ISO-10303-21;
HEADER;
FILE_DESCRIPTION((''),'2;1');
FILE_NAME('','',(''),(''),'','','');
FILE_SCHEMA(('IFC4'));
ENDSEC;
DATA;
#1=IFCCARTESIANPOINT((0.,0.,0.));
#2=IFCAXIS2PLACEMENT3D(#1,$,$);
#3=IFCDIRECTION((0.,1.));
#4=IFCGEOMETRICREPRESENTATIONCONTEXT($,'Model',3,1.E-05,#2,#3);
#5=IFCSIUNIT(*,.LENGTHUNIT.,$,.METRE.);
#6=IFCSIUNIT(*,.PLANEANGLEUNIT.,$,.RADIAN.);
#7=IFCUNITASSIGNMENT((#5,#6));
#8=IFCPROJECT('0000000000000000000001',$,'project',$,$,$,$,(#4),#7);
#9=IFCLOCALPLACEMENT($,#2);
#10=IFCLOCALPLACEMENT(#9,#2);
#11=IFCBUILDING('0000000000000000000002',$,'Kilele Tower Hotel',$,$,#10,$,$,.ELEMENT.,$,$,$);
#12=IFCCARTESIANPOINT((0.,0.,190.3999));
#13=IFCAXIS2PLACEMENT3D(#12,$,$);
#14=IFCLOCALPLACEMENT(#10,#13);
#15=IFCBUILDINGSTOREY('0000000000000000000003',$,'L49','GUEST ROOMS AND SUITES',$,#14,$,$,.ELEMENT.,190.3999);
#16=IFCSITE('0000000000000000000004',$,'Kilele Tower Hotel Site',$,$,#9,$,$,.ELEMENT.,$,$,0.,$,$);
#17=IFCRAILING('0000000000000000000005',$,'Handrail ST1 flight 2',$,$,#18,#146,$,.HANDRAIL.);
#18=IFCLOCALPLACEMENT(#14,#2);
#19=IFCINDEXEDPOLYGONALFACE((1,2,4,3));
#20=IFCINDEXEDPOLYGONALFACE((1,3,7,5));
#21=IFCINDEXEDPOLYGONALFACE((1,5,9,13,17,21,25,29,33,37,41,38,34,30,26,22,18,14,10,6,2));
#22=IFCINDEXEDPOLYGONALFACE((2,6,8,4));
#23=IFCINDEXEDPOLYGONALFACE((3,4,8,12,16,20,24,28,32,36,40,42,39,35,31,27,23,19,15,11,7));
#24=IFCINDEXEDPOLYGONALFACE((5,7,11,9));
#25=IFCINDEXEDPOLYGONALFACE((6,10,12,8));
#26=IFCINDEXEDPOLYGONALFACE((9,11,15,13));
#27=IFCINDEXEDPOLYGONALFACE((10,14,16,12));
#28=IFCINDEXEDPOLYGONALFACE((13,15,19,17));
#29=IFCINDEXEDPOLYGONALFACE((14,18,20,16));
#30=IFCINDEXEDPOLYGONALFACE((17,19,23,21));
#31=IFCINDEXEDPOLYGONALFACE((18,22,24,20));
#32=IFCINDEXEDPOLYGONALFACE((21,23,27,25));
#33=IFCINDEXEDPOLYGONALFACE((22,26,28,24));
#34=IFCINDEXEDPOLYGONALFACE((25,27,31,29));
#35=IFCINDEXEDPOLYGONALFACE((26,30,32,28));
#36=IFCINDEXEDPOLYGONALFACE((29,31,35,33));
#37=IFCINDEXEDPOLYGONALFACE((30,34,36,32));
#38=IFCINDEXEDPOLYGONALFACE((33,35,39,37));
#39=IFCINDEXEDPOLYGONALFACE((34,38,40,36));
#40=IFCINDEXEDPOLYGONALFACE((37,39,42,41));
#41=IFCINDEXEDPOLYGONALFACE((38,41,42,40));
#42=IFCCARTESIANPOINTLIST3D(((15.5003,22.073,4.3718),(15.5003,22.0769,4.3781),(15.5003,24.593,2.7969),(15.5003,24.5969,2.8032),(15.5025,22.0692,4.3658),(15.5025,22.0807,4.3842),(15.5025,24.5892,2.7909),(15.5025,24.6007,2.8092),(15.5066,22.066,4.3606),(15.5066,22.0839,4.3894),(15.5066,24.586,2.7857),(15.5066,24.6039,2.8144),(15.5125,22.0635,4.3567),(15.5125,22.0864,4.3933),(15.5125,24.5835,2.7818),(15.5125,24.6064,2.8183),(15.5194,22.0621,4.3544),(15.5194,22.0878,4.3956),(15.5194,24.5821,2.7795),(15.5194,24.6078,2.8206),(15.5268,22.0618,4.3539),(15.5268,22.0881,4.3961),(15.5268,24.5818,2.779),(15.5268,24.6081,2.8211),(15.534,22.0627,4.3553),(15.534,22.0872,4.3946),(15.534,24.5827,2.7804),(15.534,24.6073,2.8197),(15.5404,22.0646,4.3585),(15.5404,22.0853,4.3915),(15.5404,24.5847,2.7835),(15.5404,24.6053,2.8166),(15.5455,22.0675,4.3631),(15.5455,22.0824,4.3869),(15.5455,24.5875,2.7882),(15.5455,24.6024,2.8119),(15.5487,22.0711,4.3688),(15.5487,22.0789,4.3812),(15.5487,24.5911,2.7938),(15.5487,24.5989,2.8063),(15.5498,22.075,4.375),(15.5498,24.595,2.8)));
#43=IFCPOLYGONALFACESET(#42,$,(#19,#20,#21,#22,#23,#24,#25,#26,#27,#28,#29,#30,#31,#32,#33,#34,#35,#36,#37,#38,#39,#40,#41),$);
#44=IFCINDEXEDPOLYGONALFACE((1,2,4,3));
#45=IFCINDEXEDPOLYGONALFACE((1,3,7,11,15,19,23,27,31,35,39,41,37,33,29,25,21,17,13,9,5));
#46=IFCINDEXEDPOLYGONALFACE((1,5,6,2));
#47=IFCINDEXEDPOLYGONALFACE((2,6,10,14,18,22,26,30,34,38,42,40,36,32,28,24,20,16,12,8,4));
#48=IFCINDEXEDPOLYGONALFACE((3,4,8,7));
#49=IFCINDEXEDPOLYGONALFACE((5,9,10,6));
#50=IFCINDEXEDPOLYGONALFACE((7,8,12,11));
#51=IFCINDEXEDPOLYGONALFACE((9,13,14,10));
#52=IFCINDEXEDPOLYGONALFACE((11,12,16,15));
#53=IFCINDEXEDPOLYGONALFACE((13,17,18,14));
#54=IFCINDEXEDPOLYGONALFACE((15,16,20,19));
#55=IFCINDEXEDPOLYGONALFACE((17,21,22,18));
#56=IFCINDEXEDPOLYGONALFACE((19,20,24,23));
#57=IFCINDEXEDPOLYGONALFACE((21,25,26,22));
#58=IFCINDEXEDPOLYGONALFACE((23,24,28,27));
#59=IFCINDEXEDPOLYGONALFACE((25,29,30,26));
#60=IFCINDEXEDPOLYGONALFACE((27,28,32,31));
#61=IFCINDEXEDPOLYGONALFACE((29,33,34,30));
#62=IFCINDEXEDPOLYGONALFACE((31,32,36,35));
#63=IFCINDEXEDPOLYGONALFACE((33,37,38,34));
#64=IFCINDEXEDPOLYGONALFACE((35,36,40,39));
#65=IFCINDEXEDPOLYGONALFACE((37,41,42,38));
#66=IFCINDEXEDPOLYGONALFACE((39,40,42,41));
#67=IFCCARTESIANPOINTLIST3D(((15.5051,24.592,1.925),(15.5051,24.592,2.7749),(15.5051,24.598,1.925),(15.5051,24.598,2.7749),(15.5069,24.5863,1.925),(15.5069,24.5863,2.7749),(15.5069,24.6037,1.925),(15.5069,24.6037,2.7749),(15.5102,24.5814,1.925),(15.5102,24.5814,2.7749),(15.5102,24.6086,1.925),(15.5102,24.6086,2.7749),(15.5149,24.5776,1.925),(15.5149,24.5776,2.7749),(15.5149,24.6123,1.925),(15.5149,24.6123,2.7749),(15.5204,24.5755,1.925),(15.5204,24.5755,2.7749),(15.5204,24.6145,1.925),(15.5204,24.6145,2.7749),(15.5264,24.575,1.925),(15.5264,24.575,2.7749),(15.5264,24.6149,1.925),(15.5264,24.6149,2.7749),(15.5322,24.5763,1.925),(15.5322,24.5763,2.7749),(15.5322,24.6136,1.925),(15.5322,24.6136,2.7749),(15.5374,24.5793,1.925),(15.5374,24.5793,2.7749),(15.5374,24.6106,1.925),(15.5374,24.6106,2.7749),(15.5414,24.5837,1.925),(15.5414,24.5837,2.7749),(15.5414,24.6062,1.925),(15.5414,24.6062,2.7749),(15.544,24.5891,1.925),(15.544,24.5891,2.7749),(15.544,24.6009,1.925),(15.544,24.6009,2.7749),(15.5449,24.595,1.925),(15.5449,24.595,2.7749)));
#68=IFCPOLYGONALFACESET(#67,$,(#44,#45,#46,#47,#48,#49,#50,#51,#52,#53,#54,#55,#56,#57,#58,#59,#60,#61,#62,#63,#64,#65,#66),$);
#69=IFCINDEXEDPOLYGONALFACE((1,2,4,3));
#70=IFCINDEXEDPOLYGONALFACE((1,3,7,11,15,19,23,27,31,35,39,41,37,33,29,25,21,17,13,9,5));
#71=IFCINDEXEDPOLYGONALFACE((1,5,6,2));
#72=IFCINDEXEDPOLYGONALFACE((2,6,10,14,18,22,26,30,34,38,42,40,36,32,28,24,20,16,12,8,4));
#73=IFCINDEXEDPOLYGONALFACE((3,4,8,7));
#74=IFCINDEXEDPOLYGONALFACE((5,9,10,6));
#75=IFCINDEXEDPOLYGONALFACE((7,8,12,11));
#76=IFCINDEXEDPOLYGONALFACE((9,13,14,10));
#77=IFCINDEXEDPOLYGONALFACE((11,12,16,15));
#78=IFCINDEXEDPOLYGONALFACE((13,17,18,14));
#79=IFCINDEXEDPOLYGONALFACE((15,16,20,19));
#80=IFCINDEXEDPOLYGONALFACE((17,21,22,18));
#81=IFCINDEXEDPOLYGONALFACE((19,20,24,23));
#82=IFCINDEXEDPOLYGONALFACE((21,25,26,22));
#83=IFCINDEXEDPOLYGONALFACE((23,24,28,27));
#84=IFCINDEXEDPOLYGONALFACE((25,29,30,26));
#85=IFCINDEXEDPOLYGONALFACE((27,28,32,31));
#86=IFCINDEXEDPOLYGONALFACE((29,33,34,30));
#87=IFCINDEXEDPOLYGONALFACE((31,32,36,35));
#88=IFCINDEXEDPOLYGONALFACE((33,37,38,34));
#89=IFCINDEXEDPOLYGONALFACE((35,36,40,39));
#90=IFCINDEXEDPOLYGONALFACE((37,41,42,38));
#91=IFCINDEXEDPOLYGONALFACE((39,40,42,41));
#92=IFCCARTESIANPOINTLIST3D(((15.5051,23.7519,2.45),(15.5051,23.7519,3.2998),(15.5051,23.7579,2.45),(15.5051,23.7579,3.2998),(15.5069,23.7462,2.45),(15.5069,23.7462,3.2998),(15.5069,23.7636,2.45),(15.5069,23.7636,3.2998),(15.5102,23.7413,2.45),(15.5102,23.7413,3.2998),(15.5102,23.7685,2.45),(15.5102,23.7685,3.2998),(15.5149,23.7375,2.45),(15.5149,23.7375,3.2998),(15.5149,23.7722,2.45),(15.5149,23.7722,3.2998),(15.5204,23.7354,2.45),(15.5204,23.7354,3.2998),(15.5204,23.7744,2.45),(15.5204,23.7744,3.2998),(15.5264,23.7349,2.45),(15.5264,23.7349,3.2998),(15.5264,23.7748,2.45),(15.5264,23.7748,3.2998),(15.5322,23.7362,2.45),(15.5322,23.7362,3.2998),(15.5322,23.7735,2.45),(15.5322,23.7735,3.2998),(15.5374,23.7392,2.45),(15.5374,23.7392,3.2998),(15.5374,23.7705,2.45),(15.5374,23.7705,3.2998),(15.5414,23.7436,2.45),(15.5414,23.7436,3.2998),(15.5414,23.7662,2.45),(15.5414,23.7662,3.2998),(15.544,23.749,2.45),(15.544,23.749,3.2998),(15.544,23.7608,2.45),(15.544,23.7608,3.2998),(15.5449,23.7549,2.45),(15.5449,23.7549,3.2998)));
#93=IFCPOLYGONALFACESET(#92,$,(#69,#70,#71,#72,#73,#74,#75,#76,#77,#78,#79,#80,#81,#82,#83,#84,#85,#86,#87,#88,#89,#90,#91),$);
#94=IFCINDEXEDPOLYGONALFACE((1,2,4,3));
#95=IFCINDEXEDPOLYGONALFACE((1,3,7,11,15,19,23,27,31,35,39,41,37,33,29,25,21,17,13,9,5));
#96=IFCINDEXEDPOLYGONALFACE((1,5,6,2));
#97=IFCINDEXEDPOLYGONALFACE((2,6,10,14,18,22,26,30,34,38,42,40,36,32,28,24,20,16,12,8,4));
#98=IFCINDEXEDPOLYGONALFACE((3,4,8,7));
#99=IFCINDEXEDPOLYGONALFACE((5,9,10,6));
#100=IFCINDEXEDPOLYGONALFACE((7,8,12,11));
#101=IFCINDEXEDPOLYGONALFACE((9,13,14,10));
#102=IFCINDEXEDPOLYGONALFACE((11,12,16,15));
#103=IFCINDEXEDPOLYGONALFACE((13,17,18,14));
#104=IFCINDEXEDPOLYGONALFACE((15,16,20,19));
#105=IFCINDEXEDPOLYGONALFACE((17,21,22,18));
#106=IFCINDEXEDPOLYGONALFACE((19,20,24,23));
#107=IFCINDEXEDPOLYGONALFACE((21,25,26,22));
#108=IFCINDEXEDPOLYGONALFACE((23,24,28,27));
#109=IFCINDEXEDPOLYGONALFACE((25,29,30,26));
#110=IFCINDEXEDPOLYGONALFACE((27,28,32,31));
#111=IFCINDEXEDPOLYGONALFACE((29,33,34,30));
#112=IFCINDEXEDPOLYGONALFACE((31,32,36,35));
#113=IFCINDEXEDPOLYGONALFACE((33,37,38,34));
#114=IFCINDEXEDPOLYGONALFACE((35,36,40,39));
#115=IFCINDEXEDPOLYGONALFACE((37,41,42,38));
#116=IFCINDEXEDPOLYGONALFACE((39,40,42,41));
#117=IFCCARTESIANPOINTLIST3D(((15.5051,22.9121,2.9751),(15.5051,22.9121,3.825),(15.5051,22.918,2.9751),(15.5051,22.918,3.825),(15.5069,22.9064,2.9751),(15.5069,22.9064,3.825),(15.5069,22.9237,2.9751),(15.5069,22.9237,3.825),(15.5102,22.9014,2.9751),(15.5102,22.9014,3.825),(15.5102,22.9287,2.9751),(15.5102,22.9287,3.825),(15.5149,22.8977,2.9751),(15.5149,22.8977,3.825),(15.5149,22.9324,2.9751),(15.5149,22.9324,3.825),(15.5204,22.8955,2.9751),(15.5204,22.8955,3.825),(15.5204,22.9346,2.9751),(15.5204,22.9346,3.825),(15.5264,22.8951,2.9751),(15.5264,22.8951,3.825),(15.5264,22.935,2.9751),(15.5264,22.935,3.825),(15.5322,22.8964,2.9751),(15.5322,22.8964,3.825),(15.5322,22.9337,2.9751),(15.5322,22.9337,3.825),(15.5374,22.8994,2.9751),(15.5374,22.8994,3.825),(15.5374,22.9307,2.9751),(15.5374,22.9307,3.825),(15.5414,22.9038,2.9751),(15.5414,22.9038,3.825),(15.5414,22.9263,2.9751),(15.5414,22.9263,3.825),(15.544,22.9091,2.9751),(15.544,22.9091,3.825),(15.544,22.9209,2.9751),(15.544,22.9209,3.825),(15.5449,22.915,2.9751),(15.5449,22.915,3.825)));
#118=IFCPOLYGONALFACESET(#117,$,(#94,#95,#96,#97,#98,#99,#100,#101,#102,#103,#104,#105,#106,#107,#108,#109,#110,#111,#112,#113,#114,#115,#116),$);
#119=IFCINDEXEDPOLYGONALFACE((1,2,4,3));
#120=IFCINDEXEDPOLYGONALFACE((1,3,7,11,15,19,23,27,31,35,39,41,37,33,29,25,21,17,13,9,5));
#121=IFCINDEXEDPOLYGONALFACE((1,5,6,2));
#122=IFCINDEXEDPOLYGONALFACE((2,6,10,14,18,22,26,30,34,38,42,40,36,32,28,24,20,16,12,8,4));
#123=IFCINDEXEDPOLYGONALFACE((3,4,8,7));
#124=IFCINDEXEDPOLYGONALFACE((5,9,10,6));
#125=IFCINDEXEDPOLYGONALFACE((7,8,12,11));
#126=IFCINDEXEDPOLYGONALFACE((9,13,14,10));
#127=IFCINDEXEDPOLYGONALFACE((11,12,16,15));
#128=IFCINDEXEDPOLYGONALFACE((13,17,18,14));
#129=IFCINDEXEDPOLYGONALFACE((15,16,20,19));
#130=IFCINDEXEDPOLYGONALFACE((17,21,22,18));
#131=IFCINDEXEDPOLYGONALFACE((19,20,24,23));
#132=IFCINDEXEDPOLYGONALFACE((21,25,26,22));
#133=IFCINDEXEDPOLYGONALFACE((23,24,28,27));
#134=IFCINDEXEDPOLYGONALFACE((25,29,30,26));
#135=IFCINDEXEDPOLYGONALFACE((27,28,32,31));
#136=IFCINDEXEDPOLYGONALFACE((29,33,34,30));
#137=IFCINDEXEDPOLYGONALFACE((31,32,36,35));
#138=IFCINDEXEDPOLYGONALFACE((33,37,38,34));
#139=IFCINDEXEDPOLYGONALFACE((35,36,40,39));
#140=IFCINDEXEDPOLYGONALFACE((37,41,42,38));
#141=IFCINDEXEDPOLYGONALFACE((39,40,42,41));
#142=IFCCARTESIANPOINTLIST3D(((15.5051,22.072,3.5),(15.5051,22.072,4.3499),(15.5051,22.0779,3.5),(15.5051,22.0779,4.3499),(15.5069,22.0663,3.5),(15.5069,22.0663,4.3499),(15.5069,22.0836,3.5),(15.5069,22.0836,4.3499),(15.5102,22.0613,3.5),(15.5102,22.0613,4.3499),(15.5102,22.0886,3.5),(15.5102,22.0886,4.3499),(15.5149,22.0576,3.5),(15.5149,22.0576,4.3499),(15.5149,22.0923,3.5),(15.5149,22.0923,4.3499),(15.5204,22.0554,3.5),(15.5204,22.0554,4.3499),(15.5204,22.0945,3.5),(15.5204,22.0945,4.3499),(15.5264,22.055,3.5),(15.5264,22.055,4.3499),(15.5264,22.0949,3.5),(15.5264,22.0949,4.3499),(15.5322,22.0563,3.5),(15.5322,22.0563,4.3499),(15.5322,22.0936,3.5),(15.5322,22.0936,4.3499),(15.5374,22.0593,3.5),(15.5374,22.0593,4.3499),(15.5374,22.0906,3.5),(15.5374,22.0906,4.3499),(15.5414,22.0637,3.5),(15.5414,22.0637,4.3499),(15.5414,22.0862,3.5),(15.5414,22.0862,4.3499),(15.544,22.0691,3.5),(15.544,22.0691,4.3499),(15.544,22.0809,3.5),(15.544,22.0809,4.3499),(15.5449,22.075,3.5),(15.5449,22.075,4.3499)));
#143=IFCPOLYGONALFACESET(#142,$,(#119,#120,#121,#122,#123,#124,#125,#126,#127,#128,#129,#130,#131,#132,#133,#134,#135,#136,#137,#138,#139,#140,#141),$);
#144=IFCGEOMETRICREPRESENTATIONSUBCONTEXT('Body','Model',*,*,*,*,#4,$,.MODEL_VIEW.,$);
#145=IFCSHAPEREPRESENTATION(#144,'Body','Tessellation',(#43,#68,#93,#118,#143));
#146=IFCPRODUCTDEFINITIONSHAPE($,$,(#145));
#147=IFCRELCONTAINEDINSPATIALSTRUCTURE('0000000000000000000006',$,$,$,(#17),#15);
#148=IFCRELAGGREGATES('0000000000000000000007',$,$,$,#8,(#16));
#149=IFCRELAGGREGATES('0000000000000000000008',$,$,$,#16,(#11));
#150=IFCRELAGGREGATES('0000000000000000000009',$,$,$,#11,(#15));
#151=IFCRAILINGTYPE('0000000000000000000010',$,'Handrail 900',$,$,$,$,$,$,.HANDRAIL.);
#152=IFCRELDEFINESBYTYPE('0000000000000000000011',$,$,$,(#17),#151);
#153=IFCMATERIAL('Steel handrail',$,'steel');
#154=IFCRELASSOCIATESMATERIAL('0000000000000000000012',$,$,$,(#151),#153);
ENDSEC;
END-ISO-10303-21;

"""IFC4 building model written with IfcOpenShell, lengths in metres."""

from ifc_helpers import new_model, si_unit, direction, frame, origin, origin_2d, place, context, subcontext, project, spatial, circle, extrude, material, type_object, element, save


model = new_model("IFC4")

# Units and contexts
model_context = context("Model", 3, precision=1e-05, world=origin(), true_north=direction((0.0, 1.0)))
body_context = subcontext(model_context, "Body", "Model", "MODEL_VIEW")
ifc_project = project(units=[si_unit("LENGTHUNIT", "METRE"), si_unit("PLANEANGLEUNIT", "RADIAN")], contexts=[model_context])

# Site, building, storey
site_placement = place(None, origin())
site = spatial("IfcSite", under=ifc_project, at=site_placement, Name="Kilele Tower Hotel Site", CompositionType="ELEMENT", RefElevation=0.0)
building_placement = place(site_placement, origin())
building = spatial("IfcBuilding", under=site, at=building_placement, Name="Kilele Tower Hotel", CompositionType="ELEMENT")
storey_placement = place(building_placement, frame((0.0, 0.0, 190.3999)))
storey = spatial("IfcBuildingStorey", under=building, at=storey_placement, Name="L49", Description="GUEST ROOMS AND SUITES", CompositionType="ELEMENT", Elevation=190.3999)

# Railing
ifc_material_1 = material(Name="Steel handrail", Category="steel")
railing_type_1 = type_object("IfcRailingType", Name="Handrail 900", PredefinedType="HANDRAIL", material=ifc_material_1)
for number, where, name in (
    (1, (15.5249, 24.595, 1.925), "Handrail ST1 flight 2"),
):
    element("IfcRailing", number, at=place(storey_placement, frame(where)), inside=storey, type_object=railing_type_1, Name=name, PredefinedType="HANDRAIL", context=body_context, shape_type="SweptSolid", body=[
        extrude(circle(Radius=0.0249, at=origin_2d()), frame((0.0, 0.0, 0.875), z_axis=(0.0, -0.848008, 0.529984), x_axis=(1.0, 0.0, 0.0)), (0.0, 0.0, 1.0), 2.9717),
        extrude(circle(Radius=0.02, at=origin_2d()), origin(), (0.0, 0.0, 1.0), 0.8499),
        extrude(circle(Radius=0.02, at=origin_2d()), frame((0.0, -0.8401, 0.5249)), (0.0, 0.0, 1.0), 0.8499),
        extrude(circle(Radius=0.02, at=origin_2d()), frame((0.0, -1.6799, 1.05)), (0.0, 0.0, 1.0), 0.8499),
        extrude(circle(Radius=0.02, at=origin_2d()), frame((0.0, -2.52, 1.575)), (0.0, 0.0, 1.0), 0.8499),
    ])

save(model, "model.ifc")
